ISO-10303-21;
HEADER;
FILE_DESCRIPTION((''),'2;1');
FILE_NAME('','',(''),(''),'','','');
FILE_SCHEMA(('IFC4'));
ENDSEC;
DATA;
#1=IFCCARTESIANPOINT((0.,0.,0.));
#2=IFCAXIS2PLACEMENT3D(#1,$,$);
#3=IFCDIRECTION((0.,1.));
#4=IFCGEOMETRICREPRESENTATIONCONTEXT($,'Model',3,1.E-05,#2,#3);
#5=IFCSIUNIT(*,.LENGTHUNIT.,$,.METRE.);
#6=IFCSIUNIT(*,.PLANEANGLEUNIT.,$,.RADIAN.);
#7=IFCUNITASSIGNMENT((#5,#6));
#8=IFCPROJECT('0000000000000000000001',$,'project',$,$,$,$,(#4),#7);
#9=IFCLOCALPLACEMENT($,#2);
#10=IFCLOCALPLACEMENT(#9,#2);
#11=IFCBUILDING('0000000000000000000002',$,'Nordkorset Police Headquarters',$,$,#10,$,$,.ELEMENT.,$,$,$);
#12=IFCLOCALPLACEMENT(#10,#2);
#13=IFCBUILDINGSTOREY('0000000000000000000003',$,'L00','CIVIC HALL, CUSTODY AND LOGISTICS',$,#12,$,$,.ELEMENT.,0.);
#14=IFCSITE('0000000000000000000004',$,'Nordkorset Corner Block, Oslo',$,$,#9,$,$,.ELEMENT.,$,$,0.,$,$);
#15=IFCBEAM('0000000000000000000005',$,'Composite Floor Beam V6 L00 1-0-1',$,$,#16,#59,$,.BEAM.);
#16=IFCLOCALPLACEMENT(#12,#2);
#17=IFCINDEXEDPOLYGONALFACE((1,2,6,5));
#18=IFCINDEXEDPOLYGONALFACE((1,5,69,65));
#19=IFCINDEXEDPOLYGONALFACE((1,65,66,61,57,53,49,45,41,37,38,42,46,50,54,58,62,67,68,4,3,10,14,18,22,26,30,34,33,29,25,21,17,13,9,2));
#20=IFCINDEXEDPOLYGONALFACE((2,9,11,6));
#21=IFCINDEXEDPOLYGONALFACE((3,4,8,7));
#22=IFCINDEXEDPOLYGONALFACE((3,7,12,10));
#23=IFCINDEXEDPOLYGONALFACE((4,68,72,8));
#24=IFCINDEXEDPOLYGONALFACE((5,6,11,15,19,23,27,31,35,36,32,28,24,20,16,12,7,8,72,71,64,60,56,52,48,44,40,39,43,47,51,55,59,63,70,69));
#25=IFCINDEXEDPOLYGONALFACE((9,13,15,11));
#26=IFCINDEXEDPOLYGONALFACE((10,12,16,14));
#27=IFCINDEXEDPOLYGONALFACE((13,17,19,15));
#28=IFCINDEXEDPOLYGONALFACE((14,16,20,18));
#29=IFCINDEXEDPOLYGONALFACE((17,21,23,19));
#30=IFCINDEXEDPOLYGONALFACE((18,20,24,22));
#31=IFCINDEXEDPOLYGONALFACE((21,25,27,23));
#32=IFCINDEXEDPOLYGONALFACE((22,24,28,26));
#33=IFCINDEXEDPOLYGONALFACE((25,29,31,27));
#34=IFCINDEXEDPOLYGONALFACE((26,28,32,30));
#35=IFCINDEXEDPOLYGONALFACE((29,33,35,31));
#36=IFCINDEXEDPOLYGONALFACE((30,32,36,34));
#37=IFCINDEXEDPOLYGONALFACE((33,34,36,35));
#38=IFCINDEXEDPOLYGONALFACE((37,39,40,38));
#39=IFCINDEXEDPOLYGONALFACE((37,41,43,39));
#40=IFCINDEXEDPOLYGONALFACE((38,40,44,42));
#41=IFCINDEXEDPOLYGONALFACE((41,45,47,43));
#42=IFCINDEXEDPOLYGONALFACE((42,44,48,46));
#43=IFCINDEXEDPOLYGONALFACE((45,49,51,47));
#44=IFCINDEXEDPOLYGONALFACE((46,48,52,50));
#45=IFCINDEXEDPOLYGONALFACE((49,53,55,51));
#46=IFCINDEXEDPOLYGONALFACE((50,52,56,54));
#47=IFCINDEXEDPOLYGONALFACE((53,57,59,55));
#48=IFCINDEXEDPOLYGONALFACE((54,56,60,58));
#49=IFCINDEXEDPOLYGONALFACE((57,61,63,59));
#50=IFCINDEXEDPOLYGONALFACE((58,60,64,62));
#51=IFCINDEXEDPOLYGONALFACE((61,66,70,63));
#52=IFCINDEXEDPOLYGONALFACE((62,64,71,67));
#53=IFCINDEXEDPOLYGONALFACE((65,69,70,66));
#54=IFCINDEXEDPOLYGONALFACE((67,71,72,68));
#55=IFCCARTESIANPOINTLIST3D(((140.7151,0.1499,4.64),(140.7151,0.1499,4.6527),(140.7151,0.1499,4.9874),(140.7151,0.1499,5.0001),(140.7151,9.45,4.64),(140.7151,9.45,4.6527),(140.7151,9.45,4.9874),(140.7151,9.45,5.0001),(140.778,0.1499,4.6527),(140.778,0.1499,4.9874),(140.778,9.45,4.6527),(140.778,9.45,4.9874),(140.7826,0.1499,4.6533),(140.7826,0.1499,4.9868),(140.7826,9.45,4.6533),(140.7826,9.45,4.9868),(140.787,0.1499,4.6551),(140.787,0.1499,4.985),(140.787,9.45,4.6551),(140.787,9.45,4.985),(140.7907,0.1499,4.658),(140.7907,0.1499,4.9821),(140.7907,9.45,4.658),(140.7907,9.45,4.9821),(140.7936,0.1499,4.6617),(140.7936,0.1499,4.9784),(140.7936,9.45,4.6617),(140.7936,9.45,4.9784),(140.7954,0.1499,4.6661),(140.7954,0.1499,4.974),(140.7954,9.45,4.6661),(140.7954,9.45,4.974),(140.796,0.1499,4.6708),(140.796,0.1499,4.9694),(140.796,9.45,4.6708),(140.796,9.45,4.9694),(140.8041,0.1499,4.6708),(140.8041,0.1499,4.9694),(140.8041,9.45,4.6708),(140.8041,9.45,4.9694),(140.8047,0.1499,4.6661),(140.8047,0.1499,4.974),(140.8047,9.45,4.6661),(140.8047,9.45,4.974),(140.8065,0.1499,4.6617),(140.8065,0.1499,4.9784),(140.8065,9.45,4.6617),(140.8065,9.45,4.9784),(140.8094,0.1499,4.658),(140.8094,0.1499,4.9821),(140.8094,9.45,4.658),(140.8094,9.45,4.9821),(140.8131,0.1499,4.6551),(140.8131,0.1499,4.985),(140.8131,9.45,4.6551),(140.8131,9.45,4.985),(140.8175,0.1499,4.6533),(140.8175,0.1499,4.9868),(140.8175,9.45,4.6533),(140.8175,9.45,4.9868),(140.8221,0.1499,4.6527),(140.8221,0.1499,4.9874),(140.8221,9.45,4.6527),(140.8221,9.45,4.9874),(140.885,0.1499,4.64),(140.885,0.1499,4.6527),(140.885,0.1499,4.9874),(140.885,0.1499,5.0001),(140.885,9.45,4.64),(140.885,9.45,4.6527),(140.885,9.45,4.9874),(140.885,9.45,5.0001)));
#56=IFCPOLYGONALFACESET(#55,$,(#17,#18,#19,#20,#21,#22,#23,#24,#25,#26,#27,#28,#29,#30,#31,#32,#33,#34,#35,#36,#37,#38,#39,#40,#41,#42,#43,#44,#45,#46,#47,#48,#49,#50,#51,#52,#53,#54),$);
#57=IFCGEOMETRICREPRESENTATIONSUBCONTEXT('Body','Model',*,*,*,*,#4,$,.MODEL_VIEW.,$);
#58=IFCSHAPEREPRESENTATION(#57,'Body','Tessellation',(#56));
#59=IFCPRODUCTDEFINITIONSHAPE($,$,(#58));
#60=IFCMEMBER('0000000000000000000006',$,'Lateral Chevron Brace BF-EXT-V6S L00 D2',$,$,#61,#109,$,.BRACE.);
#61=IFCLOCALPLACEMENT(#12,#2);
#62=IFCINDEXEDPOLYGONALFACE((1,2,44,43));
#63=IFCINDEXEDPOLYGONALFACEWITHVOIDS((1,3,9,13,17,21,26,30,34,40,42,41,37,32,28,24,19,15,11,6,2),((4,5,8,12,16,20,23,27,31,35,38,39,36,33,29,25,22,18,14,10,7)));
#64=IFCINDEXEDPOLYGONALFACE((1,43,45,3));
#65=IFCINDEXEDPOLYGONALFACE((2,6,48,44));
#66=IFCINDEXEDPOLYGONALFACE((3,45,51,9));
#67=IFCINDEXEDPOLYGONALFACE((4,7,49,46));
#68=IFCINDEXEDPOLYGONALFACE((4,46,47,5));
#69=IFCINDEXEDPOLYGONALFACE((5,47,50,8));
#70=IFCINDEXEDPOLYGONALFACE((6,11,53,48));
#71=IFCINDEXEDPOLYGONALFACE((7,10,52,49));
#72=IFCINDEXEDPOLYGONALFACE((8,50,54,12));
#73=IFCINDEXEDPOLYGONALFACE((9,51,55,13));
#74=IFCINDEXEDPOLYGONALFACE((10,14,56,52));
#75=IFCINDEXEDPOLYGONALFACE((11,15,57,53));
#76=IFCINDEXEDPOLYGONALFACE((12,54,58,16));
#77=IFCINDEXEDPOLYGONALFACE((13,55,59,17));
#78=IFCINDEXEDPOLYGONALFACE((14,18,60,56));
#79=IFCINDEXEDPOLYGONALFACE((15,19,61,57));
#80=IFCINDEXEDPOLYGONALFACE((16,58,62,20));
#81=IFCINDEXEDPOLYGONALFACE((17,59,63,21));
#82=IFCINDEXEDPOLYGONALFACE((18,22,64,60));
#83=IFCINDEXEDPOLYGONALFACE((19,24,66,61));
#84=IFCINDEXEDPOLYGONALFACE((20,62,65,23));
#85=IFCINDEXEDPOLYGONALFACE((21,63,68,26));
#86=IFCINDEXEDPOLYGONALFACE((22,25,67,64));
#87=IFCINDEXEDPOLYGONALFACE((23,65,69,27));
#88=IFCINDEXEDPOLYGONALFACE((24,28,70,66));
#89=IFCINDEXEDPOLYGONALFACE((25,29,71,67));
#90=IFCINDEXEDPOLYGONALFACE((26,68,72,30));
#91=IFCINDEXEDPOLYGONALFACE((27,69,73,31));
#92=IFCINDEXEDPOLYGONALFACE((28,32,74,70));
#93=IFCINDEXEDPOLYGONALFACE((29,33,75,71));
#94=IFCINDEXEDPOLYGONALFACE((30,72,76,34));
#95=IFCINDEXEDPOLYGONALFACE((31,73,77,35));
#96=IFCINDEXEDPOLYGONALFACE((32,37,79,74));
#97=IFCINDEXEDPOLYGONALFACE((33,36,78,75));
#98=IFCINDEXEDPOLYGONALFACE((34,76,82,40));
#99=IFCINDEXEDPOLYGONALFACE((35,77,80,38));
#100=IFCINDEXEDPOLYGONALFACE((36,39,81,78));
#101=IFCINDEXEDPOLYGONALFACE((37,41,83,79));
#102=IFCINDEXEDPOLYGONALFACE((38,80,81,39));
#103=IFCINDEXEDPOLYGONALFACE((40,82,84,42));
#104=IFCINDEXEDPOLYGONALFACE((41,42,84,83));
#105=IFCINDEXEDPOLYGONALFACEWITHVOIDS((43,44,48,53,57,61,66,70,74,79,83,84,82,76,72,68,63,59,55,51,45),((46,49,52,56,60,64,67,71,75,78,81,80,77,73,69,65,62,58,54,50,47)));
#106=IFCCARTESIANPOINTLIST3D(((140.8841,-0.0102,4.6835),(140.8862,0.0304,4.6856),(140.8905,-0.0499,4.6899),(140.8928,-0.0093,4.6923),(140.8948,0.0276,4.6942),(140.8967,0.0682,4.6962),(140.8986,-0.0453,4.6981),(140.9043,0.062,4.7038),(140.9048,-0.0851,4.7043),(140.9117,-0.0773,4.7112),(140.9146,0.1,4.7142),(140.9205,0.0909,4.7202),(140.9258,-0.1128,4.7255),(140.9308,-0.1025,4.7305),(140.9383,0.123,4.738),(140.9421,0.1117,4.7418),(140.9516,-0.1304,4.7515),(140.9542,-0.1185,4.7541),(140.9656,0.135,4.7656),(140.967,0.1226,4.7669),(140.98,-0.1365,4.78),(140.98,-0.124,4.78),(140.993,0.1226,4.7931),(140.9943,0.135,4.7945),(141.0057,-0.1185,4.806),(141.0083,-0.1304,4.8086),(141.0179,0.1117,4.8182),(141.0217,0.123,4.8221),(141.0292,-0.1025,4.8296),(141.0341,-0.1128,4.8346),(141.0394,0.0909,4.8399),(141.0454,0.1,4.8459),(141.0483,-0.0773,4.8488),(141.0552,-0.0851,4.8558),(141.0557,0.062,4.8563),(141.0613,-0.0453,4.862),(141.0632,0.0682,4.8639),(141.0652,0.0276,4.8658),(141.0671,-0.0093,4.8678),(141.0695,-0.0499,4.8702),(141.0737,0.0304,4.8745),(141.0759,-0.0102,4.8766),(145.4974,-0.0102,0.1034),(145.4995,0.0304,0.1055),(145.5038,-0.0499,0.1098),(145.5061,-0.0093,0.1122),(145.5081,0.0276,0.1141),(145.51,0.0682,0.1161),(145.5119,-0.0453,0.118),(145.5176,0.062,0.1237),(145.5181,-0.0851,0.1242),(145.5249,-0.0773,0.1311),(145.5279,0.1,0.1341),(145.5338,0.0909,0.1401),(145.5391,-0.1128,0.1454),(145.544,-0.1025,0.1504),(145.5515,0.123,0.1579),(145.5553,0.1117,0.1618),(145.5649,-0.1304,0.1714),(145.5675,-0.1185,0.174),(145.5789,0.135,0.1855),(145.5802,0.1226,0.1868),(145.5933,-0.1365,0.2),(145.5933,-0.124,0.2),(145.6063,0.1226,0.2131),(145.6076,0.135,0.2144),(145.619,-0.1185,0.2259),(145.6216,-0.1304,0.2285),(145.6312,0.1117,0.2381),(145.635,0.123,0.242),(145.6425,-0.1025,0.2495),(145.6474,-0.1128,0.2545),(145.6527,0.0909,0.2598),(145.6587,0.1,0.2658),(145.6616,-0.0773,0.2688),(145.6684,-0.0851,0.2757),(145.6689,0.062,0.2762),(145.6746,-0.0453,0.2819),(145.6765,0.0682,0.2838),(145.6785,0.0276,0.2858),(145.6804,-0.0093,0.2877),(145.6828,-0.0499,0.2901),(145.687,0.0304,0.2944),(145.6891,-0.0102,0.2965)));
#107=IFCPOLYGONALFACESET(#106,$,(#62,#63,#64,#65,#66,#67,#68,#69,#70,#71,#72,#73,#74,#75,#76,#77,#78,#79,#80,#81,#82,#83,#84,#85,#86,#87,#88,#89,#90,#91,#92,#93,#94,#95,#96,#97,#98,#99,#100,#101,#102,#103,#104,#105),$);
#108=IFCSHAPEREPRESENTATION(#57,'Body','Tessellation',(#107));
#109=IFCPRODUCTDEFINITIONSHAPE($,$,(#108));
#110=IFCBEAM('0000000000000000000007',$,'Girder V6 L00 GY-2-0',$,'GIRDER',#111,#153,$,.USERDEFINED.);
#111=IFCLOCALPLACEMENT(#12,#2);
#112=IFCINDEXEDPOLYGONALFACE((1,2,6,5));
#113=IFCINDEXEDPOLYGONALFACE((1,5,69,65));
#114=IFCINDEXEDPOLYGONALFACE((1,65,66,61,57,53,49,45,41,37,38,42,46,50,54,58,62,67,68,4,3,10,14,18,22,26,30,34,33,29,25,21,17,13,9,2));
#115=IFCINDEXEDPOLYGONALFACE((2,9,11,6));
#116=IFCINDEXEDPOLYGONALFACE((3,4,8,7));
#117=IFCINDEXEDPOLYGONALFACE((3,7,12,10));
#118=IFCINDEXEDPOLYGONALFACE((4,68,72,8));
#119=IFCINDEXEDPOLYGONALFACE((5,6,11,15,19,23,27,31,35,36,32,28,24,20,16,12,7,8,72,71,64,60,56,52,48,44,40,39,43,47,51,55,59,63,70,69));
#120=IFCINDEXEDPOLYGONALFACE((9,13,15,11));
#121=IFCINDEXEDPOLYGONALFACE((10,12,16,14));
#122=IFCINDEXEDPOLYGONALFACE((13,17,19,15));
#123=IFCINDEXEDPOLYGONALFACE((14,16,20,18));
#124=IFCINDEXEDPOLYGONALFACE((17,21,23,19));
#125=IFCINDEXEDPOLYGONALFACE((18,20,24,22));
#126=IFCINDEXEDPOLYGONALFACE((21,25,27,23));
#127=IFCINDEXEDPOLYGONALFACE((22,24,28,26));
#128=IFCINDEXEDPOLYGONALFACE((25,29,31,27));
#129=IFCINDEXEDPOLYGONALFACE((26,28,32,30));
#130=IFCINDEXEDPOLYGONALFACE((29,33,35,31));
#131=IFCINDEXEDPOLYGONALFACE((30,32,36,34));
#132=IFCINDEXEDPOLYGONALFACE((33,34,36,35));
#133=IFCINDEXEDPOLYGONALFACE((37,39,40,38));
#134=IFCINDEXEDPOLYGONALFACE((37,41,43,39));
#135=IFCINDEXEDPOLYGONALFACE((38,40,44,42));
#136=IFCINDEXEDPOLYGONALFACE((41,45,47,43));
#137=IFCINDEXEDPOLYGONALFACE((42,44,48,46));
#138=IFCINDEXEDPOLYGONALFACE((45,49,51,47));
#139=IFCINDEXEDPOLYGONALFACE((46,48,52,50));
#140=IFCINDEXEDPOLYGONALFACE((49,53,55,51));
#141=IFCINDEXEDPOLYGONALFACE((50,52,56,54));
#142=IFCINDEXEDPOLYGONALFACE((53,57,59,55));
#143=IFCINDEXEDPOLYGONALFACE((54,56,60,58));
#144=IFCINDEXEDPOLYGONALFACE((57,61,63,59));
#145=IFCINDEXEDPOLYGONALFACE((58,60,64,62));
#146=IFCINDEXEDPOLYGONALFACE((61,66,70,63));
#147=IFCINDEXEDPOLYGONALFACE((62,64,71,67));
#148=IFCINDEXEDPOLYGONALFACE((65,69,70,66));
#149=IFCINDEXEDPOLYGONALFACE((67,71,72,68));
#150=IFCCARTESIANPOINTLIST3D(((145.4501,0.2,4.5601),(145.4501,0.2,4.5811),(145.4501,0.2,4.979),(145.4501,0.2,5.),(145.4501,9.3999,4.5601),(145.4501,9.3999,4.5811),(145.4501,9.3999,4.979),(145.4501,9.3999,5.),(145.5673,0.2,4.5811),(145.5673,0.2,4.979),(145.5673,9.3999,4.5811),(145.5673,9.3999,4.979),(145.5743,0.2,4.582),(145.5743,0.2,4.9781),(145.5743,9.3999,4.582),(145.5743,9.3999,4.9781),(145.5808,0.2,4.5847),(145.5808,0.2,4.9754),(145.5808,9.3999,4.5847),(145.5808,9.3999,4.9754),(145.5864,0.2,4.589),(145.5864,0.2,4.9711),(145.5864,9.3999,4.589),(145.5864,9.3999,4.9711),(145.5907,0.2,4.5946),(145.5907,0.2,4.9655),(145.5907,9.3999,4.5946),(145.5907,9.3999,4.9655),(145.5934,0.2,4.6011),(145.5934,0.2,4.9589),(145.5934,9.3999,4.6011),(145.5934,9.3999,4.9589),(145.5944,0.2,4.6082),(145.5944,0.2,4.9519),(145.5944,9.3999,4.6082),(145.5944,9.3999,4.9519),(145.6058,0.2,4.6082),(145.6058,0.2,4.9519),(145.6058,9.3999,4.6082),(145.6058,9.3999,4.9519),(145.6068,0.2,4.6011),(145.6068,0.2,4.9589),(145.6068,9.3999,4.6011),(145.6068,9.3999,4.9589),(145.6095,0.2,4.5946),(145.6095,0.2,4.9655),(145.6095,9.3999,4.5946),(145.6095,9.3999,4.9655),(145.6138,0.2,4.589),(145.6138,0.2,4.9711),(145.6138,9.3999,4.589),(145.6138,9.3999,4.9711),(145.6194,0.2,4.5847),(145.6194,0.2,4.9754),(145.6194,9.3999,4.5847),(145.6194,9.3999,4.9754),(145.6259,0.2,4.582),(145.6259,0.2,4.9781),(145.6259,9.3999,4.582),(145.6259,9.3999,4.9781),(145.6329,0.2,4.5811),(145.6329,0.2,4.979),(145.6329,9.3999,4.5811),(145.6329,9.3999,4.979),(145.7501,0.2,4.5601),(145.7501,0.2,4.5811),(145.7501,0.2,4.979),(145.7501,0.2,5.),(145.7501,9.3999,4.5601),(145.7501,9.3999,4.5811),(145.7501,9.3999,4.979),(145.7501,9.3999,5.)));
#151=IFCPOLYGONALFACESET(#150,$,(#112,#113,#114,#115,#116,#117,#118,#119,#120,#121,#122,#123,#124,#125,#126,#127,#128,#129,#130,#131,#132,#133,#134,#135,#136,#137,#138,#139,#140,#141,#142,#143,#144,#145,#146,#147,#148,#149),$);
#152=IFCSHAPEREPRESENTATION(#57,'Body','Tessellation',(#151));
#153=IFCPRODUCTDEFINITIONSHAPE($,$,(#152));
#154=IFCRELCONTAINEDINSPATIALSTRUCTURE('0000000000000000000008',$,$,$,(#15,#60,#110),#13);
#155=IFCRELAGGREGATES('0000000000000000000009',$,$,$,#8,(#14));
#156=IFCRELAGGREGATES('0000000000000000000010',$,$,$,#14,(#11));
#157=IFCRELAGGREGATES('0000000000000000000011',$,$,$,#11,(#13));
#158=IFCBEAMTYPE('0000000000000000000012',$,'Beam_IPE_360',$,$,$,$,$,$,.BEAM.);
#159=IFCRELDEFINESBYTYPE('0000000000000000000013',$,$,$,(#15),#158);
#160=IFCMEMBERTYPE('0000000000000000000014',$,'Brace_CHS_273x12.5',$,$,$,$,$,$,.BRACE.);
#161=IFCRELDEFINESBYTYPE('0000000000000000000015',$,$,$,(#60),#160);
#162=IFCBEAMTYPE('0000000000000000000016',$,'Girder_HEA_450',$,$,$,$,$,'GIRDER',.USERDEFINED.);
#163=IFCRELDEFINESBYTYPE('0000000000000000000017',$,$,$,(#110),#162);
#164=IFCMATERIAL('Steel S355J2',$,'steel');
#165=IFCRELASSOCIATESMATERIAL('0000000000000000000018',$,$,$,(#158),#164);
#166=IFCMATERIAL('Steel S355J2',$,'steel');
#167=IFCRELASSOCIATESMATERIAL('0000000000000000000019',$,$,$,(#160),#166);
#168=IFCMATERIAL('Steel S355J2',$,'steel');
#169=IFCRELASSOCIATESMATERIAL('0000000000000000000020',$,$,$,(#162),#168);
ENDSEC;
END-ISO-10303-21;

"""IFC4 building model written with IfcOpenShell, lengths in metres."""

from ifc_helpers import new_model, si_unit, direction, frame, origin, origin_2d, place, context, subcontext, project, spatial, hollow_circle, i_section, extrude, material, material_profile, profile_set, type_object, element, save


model = new_model("IFC4")

# Units and contexts
model_context = context("Model", 3, precision=1e-05, world=origin(), true_north=direction((0.0, 1.0)))
body_context = subcontext(model_context, "Body", "Model", "MODEL_VIEW")
ifc_project = project(units=[si_unit("LENGTHUNIT", "METRE"), si_unit("PLANEANGLEUNIT", "RADIAN")], contexts=[model_context])

# Site, building, storey
site_placement = place(None, origin())
site = spatial("IfcSite", under=ifc_project, at=site_placement, Name="Nordkorset Corner Block, Oslo", CompositionType="ELEMENT", RefElevation=0.0)
building_placement = place(site_placement, origin())
building = spatial("IfcBuilding", under=site, at=building_placement, Name="Nordkorset Police Headquarters", CompositionType="ELEMENT")
storey_placement = place(building_placement, origin())
storey = spatial("IfcBuildingStorey", under=building, at=storey_placement, Name="L00", Description="CIVIC HALL, CUSTODY AND LOGISTICS", CompositionType="ELEMENT", Elevation=0.0)

# Beam
ifc_material_1 = material(Name="Steel S355J2", Category="steel")
ifc_material_profile_1 = material_profile(ifc_material_1, i_section(OverallWidth=0.1699, OverallDepth=0.3601, WebThickness=0.0081, FlangeThickness=0.0127, FilletRadius=0.0181, at=origin_2d()), Name="IPE 360")
ifc_profile_set_1 = profile_set([ifc_material_profile_1], Name="Steel S355J2")
beam_type_1 = type_object("IfcBeamType", Name="Beam_IPE_360", PredefinedType="BEAM", material=ifc_profile_set_1)
beam_1_placement = place(storey_placement, frame((140.8, 0.1499, 4.8201), z_axis=(0.0, 1.0, 0.0), x_axis=(-1.0, 0.0, 0.0)))
element("IfcBeam", 1, at=beam_1_placement, inside=storey, type_object=beam_type_1, Name="Composite Floor Beam V6 L00 1-0-1", PredefinedType="BEAM", context=body_context, shape_type="SweptSolid", body=[
    extrude(i_section(OverallWidth=0.1699, OverallDepth=0.3601, WebThickness=0.0081, FlangeThickness=0.0127, FilletRadius=0.0181, at=origin_2d()), origin(), (0.0, 0.0, 1.0), 9.3),
])

# Member
ifc_material_2 = material(Name="Steel S355J2", Category="steel")
ifc_material_profile_2 = material_profile(ifc_material_2, hollow_circle(Radius=0.1365, WallThickness=0.0125, at=origin_2d()), Name="CHS 273x12.5")
ifc_profile_set_2 = profile_set([ifc_material_profile_2], Name="Steel S355J2")
member_type = type_object("IfcMemberType", Name="Brace_CHS_273x12.5", PredefinedType="BRACE", material=ifc_profile_set_2)
member_placement = place(storey_placement, frame((145.5933, 0.0, 0.2), z_axis=(-0.709656, 0.0, 0.704548), x_axis=(0.0, -1.0, 0.0)))
element("IfcMember", 2, at=member_placement, inside=storey, type_object=member_type, Name="Lateral Chevron Brace BF-EXT-V6S L00 D2", PredefinedType="BRACE", context=body_context, shape_type="SweptSolid", body=[
    extrude(hollow_circle(Radius=0.1365, WallThickness=0.0125, at=origin_2d()), origin(), (0.0, 0.0, 1.0), 6.5007),
])

# Beam
ifc_material_3 = material(Name="Steel S355J2", Category="steel")
ifc_material_profile_3 = material_profile(ifc_material_3, i_section(OverallWidth=0.3, OverallDepth=0.4399, WebThickness=0.0115, FlangeThickness=0.021, FilletRadius=0.0271, at=origin_2d()), Name="HEA 450")
ifc_profile_set_3 = profile_set([ifc_material_profile_3], Name="Steel S355J2")
beam_type_2 = type_object("IfcBeamType", Name="Girder_HEA_450", ElementType="GIRDER", PredefinedType="USERDEFINED", material=ifc_profile_set_3)
beam_2_placement = place(storey_placement, frame((145.6001, 0.2, 4.78), z_axis=(0.0, 1.0, 0.0), x_axis=(-1.0, 0.0, 0.0)))
element("IfcBeam", 3, at=beam_2_placement, inside=storey, type_object=beam_type_2, Name="Girder V6 L00 GY-2-0", ObjectType="GIRDER", PredefinedType="USERDEFINED", context=body_context, shape_type="SweptSolid", body=[
    extrude(i_section(OverallWidth=0.3, OverallDepth=0.4399, WebThickness=0.0115, FlangeThickness=0.021, FilletRadius=0.0271, at=origin_2d()), origin(), (0.0, 0.0, 1.0), 9.2),
])

save(model, "model.ifc")
